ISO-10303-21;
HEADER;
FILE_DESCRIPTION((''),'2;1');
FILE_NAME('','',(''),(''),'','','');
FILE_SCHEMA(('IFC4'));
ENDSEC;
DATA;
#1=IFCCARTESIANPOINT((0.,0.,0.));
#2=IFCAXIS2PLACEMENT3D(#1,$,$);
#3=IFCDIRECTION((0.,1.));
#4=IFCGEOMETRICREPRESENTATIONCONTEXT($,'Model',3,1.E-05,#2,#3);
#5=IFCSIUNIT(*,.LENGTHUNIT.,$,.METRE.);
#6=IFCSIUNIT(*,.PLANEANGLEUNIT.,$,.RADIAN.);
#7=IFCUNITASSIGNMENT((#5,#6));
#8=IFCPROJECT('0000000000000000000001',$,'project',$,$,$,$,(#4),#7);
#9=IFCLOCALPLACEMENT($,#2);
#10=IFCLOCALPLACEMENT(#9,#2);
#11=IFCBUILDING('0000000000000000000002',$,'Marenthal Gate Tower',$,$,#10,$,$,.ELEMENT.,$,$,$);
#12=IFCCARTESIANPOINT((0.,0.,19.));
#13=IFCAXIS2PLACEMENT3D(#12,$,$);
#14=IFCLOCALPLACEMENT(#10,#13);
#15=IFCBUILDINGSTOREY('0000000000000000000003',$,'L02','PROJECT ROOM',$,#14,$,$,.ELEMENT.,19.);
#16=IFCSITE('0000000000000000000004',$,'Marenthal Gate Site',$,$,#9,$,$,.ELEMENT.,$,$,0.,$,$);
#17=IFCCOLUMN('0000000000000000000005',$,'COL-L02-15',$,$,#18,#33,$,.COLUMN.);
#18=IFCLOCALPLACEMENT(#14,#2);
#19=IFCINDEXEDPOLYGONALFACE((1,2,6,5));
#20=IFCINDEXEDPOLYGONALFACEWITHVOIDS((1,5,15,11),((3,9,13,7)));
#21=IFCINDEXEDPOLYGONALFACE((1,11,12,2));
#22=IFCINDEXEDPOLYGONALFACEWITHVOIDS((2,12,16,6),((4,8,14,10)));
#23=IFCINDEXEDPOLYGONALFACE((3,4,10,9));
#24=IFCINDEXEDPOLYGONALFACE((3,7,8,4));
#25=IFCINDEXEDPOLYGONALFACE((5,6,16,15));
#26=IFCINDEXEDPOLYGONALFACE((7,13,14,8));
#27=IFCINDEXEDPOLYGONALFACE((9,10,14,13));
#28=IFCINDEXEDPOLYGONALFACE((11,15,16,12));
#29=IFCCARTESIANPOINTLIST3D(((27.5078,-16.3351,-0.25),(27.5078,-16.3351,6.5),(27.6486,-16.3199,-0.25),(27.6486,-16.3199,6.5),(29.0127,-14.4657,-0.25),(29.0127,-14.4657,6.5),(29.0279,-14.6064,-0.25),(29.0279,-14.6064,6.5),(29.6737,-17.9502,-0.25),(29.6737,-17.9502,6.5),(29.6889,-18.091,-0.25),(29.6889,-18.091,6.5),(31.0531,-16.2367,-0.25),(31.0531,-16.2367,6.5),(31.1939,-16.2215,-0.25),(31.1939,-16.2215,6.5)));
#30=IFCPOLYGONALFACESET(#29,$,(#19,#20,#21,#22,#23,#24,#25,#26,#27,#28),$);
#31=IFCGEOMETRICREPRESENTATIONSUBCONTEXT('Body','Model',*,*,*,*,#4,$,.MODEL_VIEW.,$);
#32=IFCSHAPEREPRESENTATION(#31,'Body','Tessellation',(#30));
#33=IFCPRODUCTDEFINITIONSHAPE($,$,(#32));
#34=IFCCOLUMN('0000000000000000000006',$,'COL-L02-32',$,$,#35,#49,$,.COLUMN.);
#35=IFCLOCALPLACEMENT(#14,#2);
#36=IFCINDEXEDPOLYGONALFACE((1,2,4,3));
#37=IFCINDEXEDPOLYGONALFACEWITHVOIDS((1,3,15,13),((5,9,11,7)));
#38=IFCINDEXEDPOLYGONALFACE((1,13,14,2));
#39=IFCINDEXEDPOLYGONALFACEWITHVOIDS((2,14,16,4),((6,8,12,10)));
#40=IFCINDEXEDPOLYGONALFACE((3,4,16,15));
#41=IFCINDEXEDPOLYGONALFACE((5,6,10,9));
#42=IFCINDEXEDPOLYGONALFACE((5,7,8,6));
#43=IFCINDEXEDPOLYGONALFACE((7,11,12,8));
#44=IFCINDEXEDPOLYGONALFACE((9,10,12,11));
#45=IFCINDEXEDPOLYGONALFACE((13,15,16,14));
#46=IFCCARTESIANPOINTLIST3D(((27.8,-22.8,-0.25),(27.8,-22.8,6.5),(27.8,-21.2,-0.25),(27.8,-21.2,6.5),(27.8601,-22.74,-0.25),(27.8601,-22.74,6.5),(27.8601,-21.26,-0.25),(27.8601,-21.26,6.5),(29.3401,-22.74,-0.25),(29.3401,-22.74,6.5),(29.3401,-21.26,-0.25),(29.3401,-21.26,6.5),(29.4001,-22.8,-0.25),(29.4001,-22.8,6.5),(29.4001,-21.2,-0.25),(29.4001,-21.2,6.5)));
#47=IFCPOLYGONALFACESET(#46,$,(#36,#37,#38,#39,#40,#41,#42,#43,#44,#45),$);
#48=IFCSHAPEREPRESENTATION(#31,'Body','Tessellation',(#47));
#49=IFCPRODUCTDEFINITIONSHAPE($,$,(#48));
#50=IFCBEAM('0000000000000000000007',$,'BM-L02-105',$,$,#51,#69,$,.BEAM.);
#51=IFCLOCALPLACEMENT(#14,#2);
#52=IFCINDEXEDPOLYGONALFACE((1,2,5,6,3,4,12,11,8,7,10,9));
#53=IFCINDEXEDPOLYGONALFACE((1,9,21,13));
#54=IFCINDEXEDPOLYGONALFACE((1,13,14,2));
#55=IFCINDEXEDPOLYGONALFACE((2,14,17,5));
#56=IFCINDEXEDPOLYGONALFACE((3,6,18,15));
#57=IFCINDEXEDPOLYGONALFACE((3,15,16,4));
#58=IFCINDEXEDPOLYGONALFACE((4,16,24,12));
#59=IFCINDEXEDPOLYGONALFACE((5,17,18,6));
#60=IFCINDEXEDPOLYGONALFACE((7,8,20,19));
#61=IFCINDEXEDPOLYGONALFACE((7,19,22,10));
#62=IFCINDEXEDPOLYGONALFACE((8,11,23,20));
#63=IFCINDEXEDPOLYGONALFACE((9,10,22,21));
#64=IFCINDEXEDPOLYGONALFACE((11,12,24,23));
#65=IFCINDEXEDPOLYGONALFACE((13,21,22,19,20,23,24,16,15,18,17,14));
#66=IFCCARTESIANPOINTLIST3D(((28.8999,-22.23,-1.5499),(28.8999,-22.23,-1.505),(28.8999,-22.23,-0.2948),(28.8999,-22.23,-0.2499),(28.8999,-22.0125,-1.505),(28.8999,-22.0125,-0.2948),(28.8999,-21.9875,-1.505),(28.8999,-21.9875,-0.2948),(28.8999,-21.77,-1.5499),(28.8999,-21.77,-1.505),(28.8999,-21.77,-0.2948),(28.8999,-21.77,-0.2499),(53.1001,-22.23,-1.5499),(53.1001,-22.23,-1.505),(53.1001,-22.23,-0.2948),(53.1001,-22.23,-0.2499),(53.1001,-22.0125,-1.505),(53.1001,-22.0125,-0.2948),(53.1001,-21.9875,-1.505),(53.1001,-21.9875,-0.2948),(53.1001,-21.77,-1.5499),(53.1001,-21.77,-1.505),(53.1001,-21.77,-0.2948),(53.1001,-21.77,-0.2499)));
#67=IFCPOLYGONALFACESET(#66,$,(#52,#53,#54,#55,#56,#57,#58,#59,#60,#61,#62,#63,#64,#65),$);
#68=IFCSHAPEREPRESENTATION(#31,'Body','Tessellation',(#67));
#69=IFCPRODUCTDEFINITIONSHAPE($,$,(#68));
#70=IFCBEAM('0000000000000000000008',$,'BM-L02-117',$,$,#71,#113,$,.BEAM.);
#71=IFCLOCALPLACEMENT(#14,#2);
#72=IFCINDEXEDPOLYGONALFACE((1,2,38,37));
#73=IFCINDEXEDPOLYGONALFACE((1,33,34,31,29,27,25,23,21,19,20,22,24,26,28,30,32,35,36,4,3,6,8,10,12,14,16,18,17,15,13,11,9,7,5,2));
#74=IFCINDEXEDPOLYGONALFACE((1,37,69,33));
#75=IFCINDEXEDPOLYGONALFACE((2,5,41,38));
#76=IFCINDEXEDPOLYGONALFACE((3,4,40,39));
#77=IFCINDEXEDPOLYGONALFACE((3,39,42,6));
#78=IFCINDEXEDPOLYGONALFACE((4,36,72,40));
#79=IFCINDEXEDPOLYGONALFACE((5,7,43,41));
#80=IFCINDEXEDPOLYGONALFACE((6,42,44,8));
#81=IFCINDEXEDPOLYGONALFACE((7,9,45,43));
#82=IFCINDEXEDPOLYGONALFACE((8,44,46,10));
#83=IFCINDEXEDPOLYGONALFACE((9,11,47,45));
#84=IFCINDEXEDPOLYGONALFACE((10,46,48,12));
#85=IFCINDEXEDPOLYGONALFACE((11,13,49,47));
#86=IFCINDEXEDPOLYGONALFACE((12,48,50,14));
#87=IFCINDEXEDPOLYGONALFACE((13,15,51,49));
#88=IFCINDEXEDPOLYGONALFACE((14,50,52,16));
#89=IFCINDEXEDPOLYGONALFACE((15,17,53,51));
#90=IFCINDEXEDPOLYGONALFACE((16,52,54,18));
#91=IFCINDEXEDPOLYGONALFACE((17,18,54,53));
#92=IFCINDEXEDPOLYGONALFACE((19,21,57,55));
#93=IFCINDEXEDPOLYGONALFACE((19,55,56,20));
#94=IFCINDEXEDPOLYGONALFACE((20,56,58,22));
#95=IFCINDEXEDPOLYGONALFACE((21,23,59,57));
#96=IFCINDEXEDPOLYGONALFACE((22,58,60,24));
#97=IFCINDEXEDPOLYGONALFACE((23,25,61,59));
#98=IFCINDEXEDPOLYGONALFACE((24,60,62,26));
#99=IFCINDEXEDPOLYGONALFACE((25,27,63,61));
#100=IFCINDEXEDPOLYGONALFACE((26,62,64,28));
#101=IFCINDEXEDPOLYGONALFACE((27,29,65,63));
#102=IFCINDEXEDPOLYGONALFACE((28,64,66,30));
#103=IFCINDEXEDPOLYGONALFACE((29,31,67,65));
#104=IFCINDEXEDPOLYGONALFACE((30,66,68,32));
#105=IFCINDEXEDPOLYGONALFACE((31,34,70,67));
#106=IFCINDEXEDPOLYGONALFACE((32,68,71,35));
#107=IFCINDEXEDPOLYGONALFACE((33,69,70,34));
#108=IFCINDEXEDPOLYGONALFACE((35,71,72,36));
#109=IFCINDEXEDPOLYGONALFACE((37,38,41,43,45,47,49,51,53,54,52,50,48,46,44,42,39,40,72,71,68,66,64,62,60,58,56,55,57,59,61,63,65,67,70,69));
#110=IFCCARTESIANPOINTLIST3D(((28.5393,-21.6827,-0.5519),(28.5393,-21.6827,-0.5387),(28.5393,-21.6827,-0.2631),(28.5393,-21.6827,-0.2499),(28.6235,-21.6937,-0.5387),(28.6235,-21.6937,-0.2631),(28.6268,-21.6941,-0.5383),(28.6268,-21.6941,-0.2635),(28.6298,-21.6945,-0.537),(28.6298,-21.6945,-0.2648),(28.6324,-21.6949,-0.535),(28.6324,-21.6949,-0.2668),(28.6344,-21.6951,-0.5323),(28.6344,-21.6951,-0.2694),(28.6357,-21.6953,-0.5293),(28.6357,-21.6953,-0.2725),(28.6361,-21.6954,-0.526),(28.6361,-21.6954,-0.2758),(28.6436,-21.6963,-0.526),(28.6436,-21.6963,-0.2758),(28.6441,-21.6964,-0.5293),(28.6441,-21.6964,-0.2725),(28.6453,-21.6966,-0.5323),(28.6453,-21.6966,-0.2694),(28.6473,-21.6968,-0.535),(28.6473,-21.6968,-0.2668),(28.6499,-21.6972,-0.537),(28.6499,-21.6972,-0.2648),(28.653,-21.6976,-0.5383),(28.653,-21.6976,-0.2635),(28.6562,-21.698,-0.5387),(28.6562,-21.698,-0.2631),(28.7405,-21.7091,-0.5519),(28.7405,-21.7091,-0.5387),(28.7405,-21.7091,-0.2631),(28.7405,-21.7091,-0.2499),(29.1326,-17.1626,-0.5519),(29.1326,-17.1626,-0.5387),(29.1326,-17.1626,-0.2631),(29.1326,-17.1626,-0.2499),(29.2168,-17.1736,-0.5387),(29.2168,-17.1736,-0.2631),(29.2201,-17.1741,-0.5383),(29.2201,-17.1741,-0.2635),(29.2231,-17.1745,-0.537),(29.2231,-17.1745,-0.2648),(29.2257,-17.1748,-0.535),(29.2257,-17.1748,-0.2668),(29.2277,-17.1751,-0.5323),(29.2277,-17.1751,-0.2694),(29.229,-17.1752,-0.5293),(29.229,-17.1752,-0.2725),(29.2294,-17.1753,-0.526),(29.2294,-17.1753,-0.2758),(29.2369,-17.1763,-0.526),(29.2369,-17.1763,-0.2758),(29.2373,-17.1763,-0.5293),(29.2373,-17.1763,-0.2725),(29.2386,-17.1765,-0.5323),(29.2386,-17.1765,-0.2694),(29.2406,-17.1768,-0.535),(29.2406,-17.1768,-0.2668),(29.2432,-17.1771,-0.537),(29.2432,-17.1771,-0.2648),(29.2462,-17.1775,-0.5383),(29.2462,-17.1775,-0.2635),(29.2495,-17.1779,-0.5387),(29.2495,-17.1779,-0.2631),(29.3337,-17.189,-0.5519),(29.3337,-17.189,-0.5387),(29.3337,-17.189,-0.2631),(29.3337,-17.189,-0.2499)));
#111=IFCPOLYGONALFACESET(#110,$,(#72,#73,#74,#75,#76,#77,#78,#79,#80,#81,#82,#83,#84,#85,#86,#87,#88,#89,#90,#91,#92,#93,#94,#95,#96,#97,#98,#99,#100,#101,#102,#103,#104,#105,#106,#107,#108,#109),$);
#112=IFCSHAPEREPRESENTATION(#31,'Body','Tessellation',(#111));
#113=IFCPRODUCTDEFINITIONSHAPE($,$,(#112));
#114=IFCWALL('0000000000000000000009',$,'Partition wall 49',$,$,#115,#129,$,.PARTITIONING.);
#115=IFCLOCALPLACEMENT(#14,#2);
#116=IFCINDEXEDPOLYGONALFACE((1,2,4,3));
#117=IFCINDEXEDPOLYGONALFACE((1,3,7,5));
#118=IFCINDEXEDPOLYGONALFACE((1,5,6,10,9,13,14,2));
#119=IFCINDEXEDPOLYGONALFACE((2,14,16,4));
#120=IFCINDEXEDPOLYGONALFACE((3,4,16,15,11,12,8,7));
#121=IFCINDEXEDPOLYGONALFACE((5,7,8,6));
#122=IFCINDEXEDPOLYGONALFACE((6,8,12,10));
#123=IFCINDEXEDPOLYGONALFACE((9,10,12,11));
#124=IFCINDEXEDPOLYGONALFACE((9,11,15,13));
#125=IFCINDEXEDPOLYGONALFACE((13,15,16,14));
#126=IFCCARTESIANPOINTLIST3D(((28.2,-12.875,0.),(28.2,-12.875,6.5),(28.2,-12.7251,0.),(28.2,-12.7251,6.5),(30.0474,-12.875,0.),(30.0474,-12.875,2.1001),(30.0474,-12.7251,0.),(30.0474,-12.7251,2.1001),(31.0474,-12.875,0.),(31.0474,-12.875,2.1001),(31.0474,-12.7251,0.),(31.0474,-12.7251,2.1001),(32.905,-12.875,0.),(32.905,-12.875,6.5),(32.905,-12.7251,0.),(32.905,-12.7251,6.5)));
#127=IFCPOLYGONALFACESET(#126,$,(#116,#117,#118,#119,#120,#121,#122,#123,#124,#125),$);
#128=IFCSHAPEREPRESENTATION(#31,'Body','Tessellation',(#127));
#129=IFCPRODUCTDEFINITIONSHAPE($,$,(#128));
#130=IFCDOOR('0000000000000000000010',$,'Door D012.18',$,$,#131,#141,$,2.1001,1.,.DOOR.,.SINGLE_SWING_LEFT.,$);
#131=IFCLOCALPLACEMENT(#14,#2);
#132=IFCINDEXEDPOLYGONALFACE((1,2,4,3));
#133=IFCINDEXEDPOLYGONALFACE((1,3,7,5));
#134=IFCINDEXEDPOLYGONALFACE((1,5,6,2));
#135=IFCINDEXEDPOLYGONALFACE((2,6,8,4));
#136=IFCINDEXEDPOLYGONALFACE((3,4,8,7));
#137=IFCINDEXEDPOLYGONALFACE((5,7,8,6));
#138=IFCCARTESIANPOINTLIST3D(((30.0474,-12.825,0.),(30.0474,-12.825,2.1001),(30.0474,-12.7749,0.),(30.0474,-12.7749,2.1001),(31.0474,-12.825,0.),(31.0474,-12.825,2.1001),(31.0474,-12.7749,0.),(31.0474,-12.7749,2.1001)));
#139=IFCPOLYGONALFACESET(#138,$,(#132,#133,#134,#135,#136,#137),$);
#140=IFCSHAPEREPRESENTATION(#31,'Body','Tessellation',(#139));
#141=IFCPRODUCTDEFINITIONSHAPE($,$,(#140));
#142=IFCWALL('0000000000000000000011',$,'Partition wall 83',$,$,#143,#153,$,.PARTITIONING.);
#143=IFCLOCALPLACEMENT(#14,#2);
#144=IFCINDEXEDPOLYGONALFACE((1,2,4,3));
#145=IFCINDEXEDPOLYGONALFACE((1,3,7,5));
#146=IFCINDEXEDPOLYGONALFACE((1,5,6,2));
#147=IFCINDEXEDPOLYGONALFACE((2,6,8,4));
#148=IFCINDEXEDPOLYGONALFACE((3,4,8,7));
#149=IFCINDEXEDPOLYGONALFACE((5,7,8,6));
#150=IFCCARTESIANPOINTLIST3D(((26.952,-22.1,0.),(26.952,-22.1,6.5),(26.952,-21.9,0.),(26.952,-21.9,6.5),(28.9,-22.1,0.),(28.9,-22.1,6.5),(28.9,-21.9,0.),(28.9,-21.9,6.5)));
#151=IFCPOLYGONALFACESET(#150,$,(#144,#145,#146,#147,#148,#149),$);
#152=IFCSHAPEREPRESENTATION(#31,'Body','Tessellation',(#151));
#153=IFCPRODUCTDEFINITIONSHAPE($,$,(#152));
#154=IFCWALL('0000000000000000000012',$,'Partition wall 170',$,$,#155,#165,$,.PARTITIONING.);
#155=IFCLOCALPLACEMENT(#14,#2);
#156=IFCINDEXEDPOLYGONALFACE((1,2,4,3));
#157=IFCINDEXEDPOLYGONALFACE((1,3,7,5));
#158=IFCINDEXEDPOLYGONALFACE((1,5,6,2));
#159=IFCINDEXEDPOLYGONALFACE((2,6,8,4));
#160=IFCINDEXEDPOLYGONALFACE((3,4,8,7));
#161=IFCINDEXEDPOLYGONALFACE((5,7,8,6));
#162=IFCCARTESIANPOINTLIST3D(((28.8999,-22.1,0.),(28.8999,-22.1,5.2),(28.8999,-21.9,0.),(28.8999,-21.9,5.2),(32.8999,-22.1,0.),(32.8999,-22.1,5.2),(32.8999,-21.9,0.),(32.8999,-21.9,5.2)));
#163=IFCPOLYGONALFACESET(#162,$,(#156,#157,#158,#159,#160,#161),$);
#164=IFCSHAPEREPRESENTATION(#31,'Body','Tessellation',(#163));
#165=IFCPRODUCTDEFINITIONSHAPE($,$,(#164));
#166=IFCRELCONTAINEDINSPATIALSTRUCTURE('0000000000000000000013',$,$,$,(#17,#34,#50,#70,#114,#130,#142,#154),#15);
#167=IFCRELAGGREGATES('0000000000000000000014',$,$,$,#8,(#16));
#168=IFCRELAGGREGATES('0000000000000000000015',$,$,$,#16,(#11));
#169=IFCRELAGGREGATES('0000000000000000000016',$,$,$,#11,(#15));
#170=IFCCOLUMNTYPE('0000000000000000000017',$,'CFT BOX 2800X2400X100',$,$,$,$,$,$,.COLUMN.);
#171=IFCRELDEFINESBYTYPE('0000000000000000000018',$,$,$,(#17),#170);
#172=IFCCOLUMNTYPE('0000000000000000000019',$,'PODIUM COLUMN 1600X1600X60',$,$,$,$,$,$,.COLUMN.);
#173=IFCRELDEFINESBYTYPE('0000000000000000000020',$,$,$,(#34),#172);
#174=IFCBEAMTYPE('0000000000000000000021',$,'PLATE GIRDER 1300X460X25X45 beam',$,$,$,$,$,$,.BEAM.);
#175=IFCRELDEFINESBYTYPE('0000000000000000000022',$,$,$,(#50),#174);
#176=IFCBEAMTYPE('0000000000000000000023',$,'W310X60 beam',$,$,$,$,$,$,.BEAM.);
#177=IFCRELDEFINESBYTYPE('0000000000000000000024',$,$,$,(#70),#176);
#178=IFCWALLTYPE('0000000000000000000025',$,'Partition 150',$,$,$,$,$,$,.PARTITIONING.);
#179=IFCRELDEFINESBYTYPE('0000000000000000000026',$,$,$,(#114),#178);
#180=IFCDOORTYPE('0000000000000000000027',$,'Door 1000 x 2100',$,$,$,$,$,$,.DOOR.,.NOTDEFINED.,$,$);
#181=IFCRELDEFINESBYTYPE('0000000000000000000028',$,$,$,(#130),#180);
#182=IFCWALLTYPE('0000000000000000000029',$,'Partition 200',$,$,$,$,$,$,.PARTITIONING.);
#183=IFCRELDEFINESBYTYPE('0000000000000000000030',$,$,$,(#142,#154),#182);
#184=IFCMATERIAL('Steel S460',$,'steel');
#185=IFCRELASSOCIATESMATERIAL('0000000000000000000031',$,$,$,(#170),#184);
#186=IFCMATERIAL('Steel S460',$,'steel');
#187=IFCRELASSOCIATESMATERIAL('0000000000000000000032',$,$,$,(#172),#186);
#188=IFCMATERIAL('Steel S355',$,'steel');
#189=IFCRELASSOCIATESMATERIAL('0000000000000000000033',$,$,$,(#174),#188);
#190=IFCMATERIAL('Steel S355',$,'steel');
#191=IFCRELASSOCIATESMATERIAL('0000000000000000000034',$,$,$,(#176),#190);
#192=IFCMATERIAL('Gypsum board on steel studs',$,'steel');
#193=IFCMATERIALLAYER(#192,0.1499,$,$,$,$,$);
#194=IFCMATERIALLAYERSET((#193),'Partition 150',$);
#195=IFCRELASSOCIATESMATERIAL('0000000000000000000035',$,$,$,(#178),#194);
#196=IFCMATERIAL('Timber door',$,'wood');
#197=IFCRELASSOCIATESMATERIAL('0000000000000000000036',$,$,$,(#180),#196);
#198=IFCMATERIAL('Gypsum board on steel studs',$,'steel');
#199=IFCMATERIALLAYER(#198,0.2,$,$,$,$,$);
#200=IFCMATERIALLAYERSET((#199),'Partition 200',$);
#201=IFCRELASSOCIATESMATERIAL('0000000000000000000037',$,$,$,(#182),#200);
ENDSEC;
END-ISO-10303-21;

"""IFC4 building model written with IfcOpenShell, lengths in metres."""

from ifc_helpers import new_model, si_unit, direction, frame, frame_2d, origin, origin_2d, place, context, subcontext, project, spatial, rectangle, hollow_rectangle, i_section, extrude, material, layer, layer_set, material_profile, profile_set, type_object, element, fill, save


model = new_model("IFC4")

# Units and contexts
model_context = context("Model", 3, precision=1e-05, world=origin(), true_north=direction((0.0, 1.0)))
body_context = subcontext(model_context, "Body", "Model", "MODEL_VIEW")
ifc_project = project(units=[si_unit("LENGTHUNIT", "METRE"), si_unit("PLANEANGLEUNIT", "RADIAN")], contexts=[model_context])

# Site, building, storey
site_placement = place(None, origin())
site = spatial("IfcSite", under=ifc_project, at=site_placement, Name="Marenthal Gate Site", CompositionType="ELEMENT", RefElevation=0.0)
building_placement = place(site_placement, origin())
building = spatial("IfcBuilding", under=site, at=building_placement, Name="Marenthal Gate Tower", CompositionType="ELEMENT")
storey_placement = place(building_placement, frame((0.0, 0.0, 19.0)))
storey = spatial("IfcBuildingStorey", under=building, at=storey_placement, Name="L02", Description="PROJECT ROOM", CompositionType="ELEMENT", Elevation=19.0)

# Columns
ifc_material_1 = material(Name="Steel S460", Category="steel")
ifc_material_profile_1 = material_profile(ifc_material_1, hollow_rectangle(XDim=2.3999, YDim=2.8, WallThickness=0.1001, at=origin_2d()), Name="CFT BOX 2800X2400X100")
ifc_material_2 = material(Name="Concrete 70 MPa", Category="concrete")
ifc_material_profile_2 = material_profile(ifc_material_2, rectangle(XDim=2.2, YDim=2.6001, at=origin_2d()), Name="CFT BOX 2800X2400X100 INFILL")
ifc_profile_set_1 = profile_set([ifc_material_profile_1, ifc_material_profile_2], Name="Steel S460 shell, Concrete 70 MPa infill")
column_type_1 = type_object("IfcColumnType", Name="CFT BOX 2800X2400X100", PredefinedType="COLUMN", material=ifc_profile_set_1)
column_1_placement = place(storey_placement, frame((29.3508, -16.2783, -0.25), z_axis=(0.0, 0.0, 1.0), x_axis=(-0.62707, -0.778963, 0.0)))
element("IfcColumn", 1, at=column_1_placement, inside=storey, type_object=column_type_1, Name="COL-L02-15", PredefinedType="COLUMN", context=body_context, shape_type="SweptSolid", body=[
    extrude(hollow_rectangle(XDim=2.3999, YDim=2.8, WallThickness=0.1001, at=origin_2d()), origin(), (0.0, 0.0, 1.0), 6.75),
])
ifc_material_3 = material(Name="Steel S460", Category="steel")
ifc_material_profile_3 = material_profile(ifc_material_3, hollow_rectangle(XDim=1.6001, YDim=1.6001, WallThickness=0.0601, at=origin_2d()), Name="CFT BOX 1600X1600X60")
ifc_material_4 = material(Name="Concrete 70 MPa", Category="concrete")
ifc_material_profile_4 = material_profile(ifc_material_4, rectangle(XDim=1.48, YDim=1.48, at=origin_2d()), Name="CFT BOX 1600X1600X60 INFILL")
ifc_profile_set_2 = profile_set([ifc_material_profile_3, ifc_material_profile_4], Name="Steel S460 shell, Concrete 70 MPa infill")
column_type_2 = type_object("IfcColumnType", Name="PODIUM COLUMN 1600X1600X60", PredefinedType="COLUMN", material=ifc_profile_set_2)
column_2_placement = place(storey_placement, frame((28.6001, -22.0, -0.25), z_axis=(0.0, 0.0, 1.0), x_axis=(1.0, 0.0, 0.0)))
element("IfcColumn", 2, at=column_2_placement, inside=storey, type_object=column_type_2, Name="COL-L02-32", PredefinedType="COLUMN", context=body_context, shape_type="SweptSolid", body=[
    extrude(hollow_rectangle(XDim=1.6001, YDim=1.6001, WallThickness=0.0601, at=origin_2d()), origin(), (0.0, 0.0, 1.0), 6.75),
])

# Beams
ifc_material_5 = material(Name="Steel S355", Category="steel")
ifc_material_profile_5 = material_profile(ifc_material_5, i_section(OverallWidth=0.46, OverallDepth=1.3, WebThickness=0.0249, FlangeThickness=0.0449, at=origin_2d()), Name="PLATE GIRDER 1300X460X25X45")
ifc_profile_set_3 = profile_set([ifc_material_profile_5], Name="Steel S355")
beam_type_1 = type_object("IfcBeamType", Name="PLATE GIRDER 1300X460X25X45 beam", PredefinedType="BEAM", material=ifc_profile_set_3)
beam_1_placement = place(storey_placement, frame((28.8999, -22.0, -0.8999), z_axis=(1.0, 0.0, 0.0), x_axis=(0.0, 1.0, 0.0)))
element("IfcBeam", 3, at=beam_1_placement, inside=storey, type_object=beam_type_1, Name="BM-L02-105", PredefinedType="BEAM", context=body_context, shape_type="SweptSolid", body=[
    extrude(i_section(OverallWidth=0.46, OverallDepth=1.3, WebThickness=0.0249, FlangeThickness=0.0449, at=origin_2d()), origin(), (0.0, 0.0, 1.0), 24.2002),
])
ifc_material_6 = material(Name="Steel S355", Category="steel")
ifc_material_profile_6 = material_profile(ifc_material_6, i_section(OverallWidth=0.2029, OverallDepth=0.302, WebThickness=0.0076, FlangeThickness=0.0132, FilletRadius=0.0127, at=origin_2d()), Name="W310X60")
ifc_profile_set_4 = profile_set([ifc_material_profile_6], Name="Steel S355")
beam_type_2 = type_object("IfcBeamType", Name="W310X60 beam", PredefinedType="BEAM", material=ifc_profile_set_4)
beam_2_placement = place(storey_placement, frame((29.2332, -17.1758, -0.4009), z_axis=(-0.130136, -0.991496, 0.0), x_axis=(0.991496, -0.130136, 0.0)))
element("IfcBeam", 4, at=beam_2_placement, inside=storey, type_object=beam_type_2, Name="BM-L02-117", PredefinedType="BEAM", context=body_context, shape_type="SweptSolid", body=[
    extrude(i_section(OverallWidth=0.2029, OverallDepth=0.302, WebThickness=0.0076, FlangeThickness=0.0132, FilletRadius=0.0127, at=origin_2d()), origin(), (0.0, 0.0, 1.0), 4.5588),
])

# Wall, opening, door
ifc_material_7 = material(Name="Gypsum board on steel studs", Category="steel")
ifc_layer_1 = layer(ifc_material_7, 0.1499)
ifc_layer_set_1 = layer_set([ifc_layer_1], Name="Partition 150")
wall_type_1 = type_object("IfcWallType", Name="Partition 150", PredefinedType="PARTITIONING", material=ifc_layer_set_1)
wall_1_placement = place(storey_placement, frame((28.2, -12.8, 0.0), z_axis=(0.0, 0.0, 1.0), x_axis=(1.0, 0.0, 0.0)))
wall_1 = element("IfcWall", 5, at=wall_1_placement, inside=storey, type_object=wall_type_1, Name="Partition wall 49", PredefinedType="PARTITIONING", context=body_context, shape_type="SweptSolid", body=[
    extrude(rectangle(XDim=4.7051, YDim=0.1499, at=frame_2d((2.3525, 0.0))), origin(), (0.0, 0.0, 1.0), 6.5),
])
opening_1_placement = place(wall_1_placement, frame((1.8474, 0.0, 0.0)))
opening_1 = element("IfcOpeningElement", 6, at=opening_1_placement, cuts=wall_1, PredefinedType="OPENING", context=body_context, shape_type="SweptSolid", body=[
    extrude(rectangle(XDim=1.0, YDim=2.1001, at=frame_2d((0.5, 1.05))), frame((0.0, 0.085, 0.0), z_axis=(0.0, -1.0, 0.0), x_axis=(1.0, 0.0, 0.0)), (0.0, 0.0, 1.0), 0.1699),
])
ifc_material_8 = material(Name="Timber door", Category="wood")
door_type = type_object("IfcDoorType", Name="Door 1000 x 2100", OperationType="NOTDEFINED", PredefinedType="DOOR", material=ifc_material_8)
door_placement = place(opening_1_placement, frame((1.0, 0.0, 0.0), z_axis=(0.0, 0.0, 1.0), x_axis=(-1.0, 0.0, 0.0)))
door = element("IfcDoor", 7, at=door_placement, inside=storey, type_object=door_type, Name="Door D012.18", OperationType="SINGLE_SWING_LEFT", OverallHeight=2.1001, OverallWidth=1.0, PredefinedType="DOOR", context=body_context, shape_type="SweptSolid", body=[
    extrude(rectangle(XDim=1.0, YDim=2.1001, at=frame_2d((0.5, 1.05))), frame((0.0, 0.0249, 0.0), z_axis=(0.0, -1.0, 0.0), x_axis=(1.0, 0.0, 0.0)), (0.0, 0.0, 1.0), 0.05),
])
fill(opening_1, door)

# Walls
ifc_material_9 = material(Name="Gypsum board on steel studs", Category="steel")
ifc_layer_2 = layer(ifc_material_9, 0.2)
ifc_layer_set_2 = layer_set([ifc_layer_2], Name="Partition 200")
wall_type_2 = type_object("IfcWallType", Name="Partition 200", PredefinedType="PARTITIONING", material=ifc_layer_set_2)
wall_2_placement = place(storey_placement, frame((26.9519, -22.0, 0.0), z_axis=(0.0, 0.0, 1.0), x_axis=(1.0, 0.0, 0.0)))
element("IfcWall", 8, at=wall_2_placement, inside=storey, type_object=wall_type_2, Name="Partition wall 83", PredefinedType="PARTITIONING", context=body_context, shape_type="SweptSolid", body=[
    extrude(rectangle(XDim=1.948, YDim=0.2, at=frame_2d((0.9741, 0.0))), origin(), (0.0, 0.0, 1.0), 6.5),
])
wall_3_placement = place(storey_placement, frame((28.8999, -22.0, 0.0), z_axis=(0.0, 0.0, 1.0), x_axis=(1.0, 0.0, 0.0)))
element("IfcWall", 9, at=wall_3_placement, inside=storey, type_object=wall_type_2, Name="Partition wall 170", PredefinedType="PARTITIONING", context=body_context, shape_type="SweptSolid", body=[
    extrude(rectangle(XDim=4.0, YDim=0.2, at=frame_2d((2.0, 0.0))), origin(), (0.0, 0.0, 1.0), 5.2),
])

save(model, "model.ifc")
